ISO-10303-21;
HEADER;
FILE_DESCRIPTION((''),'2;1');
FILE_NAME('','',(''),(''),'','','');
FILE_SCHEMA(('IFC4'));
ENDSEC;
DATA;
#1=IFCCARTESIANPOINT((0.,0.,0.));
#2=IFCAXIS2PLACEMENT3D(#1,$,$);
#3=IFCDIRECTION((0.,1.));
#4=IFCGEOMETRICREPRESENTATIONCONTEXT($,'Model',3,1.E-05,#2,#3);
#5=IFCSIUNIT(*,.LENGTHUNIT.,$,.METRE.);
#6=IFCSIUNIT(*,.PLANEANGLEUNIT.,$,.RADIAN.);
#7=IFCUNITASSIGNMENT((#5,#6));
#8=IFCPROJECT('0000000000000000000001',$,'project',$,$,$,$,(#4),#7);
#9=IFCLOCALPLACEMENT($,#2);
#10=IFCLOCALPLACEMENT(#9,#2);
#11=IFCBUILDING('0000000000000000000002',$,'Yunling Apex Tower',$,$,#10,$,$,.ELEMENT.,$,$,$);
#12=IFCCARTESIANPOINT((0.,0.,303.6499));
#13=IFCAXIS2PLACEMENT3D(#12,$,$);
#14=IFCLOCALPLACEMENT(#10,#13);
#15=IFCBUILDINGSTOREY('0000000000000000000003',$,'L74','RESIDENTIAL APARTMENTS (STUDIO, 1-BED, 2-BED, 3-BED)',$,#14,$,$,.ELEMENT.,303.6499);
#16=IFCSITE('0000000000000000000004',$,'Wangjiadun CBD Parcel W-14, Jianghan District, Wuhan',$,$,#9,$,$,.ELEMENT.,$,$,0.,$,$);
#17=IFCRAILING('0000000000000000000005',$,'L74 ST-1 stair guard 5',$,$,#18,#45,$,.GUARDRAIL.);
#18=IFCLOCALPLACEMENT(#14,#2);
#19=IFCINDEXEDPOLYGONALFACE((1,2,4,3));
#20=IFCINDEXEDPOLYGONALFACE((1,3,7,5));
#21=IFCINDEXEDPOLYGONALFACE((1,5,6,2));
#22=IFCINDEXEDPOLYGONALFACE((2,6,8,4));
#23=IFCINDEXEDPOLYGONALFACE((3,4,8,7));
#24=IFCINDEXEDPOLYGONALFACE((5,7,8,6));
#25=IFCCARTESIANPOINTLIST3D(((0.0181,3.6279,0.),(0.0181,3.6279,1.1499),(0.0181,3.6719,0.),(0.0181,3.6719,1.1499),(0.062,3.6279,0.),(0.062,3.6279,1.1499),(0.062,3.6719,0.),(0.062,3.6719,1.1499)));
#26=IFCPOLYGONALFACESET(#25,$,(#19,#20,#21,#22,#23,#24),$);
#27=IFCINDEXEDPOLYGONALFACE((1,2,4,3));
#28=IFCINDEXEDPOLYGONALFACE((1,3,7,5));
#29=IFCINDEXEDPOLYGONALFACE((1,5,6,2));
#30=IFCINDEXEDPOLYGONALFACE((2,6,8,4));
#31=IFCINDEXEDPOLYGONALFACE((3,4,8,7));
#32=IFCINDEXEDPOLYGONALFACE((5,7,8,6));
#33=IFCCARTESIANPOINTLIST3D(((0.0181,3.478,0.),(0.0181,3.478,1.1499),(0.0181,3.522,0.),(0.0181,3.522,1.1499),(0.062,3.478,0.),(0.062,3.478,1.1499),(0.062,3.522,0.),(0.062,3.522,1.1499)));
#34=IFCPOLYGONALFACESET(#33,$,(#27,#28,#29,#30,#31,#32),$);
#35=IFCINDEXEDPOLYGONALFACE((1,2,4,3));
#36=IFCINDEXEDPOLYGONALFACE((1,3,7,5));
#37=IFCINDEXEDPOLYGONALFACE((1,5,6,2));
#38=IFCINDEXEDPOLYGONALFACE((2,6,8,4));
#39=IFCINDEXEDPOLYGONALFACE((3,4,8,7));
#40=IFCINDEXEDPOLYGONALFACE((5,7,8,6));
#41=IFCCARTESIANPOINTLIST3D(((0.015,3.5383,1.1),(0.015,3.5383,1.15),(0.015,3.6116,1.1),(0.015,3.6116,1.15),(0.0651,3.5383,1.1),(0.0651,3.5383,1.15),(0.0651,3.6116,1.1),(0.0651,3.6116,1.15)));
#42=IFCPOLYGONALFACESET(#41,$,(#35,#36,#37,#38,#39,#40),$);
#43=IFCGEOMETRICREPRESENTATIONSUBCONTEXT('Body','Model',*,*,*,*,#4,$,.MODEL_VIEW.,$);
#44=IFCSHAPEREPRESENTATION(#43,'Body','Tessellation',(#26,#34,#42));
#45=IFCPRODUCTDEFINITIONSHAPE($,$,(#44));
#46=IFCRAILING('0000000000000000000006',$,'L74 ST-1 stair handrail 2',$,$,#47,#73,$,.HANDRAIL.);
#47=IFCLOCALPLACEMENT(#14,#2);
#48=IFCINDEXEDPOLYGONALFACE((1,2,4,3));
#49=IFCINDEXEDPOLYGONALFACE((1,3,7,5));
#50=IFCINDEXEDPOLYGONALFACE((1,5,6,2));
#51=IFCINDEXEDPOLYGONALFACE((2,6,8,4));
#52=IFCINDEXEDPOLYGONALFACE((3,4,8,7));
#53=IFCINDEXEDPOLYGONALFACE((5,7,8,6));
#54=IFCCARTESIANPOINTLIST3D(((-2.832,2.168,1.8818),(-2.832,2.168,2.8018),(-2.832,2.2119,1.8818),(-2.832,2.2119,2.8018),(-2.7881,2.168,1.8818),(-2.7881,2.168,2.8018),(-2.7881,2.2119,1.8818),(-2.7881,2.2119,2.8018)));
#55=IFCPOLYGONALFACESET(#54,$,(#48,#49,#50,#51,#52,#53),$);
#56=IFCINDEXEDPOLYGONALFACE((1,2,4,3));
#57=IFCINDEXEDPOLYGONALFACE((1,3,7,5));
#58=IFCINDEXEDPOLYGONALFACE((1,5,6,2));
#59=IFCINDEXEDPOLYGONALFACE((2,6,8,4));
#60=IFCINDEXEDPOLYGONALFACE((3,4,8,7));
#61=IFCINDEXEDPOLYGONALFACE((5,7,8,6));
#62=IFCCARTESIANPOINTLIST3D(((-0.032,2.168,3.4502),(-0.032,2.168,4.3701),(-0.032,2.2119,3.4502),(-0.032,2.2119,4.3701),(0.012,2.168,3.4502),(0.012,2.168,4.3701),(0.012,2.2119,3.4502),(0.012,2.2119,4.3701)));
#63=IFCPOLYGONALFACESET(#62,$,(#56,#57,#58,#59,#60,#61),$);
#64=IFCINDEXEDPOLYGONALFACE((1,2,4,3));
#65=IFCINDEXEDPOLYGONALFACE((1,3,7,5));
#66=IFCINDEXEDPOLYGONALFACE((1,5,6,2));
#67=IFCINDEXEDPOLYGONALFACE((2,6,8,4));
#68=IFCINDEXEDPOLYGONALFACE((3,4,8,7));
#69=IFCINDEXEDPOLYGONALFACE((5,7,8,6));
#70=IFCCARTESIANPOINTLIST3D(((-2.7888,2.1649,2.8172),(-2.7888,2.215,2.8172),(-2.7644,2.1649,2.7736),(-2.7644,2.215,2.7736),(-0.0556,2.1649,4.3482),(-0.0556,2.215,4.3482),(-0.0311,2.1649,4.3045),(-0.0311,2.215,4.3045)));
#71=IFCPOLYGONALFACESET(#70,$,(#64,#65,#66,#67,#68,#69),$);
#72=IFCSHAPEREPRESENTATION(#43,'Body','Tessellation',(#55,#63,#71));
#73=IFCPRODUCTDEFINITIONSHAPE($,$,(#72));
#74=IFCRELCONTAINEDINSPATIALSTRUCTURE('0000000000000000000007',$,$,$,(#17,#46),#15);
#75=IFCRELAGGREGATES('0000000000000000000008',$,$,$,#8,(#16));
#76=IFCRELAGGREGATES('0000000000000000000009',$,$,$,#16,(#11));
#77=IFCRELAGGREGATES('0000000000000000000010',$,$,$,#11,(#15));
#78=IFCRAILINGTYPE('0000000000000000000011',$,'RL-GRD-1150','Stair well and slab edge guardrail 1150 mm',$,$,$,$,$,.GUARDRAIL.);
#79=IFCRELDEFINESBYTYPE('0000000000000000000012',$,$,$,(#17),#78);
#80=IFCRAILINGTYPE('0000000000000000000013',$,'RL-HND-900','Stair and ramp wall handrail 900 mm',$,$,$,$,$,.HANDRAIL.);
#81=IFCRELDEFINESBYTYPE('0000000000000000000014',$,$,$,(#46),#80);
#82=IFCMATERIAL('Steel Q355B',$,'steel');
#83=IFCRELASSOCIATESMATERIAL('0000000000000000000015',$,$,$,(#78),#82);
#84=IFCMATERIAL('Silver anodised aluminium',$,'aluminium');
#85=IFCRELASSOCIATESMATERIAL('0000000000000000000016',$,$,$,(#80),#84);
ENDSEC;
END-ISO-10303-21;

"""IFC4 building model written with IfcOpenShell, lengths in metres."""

from ifc_helpers import new_model, si_unit, direction, frame, origin, origin_2d, place, context, subcontext, project, spatial, rectangle, extrude, material, type_object, element, save


model = new_model("IFC4")

# Units and contexts
model_context = context("Model", 3, precision=1e-05, world=origin(), true_north=direction((0.0, 1.0)))
body_context = subcontext(model_context, "Body", "Model", "MODEL_VIEW")
ifc_project = project(units=[si_unit("LENGTHUNIT", "METRE"), si_unit("PLANEANGLEUNIT", "RADIAN")], contexts=[model_context])

# Site, building, storey
site_placement = place(None, origin())
site = spatial("IfcSite", under=ifc_project, at=site_placement, Name="Wangjiadun CBD Parcel W-14, Jianghan District, Wuhan", CompositionType="ELEMENT", RefElevation=0.0)
building_placement = place(site_placement, origin())
building = spatial("IfcBuilding", under=site, at=building_placement, Name="Yunling Apex Tower", CompositionType="ELEMENT")
storey_placement = place(building_placement, frame((0.0, 0.0, 303.6499)))
storey = spatial("IfcBuildingStorey", under=building, at=storey_placement, Name="L74", Description="RESIDENTIAL APARTMENTS (STUDIO, 1-BED, 2-BED, 3-BED)", CompositionType="ELEMENT", Elevation=303.6499)

# Shared definitions
ifc_material_1 = material(Name="Steel Q355B", Category="steel")

# Railings
railing_type_1 = type_object("IfcRailingType", Name="RL-GRD-1150", Description="Stair well and slab edge guardrail 1150 mm", PredefinedType="GUARDRAIL", material=ifc_material_1)
railing_1_placement = place(storey_placement, frame((0.04, 3.6499, 0.0)))
element("IfcRailing", 1, at=railing_1_placement, inside=storey, type_object=railing_type_1, Name="L74 ST-1 stair guard 5", PredefinedType="GUARDRAIL", context=body_context, shape_type="SweptSolid", body=[
    extrude(rectangle(XDim=0.0439, YDim=0.0439, at=origin_2d()), origin(), (0.0, 0.0, 1.0), 1.1499),
    extrude(rectangle(XDim=0.0439, YDim=0.0439, at=origin_2d()), frame((0.0, -0.1499, 0.0)), (0.0, 0.0, 1.0), 1.1499),
    extrude(rectangle(XDim=0.05, YDim=0.05, at=origin_2d()), frame((0.0, -0.0383, 1.125), z_axis=(0.0, -1.0, 0.0), x_axis=(1.0, 0.0, 0.0)), (0.0, 0.0, 1.0), 0.0732),
])
ifc_material_2 = material(Name="Silver anodised aluminium", Category="aluminium")
railing_type_2 = type_object("IfcRailingType", Name="RL-HND-900", Description="Stair and ramp wall handrail 900 mm", PredefinedType="HANDRAIL", material=ifc_material_2)
railing_2_placement = place(storey_placement, frame((-2.8101, 2.1899, 1.8818)))
element("IfcRailing", 2, at=railing_2_placement, inside=storey, type_object=railing_type_2, Name="L74 ST-1 stair handrail 2", PredefinedType="HANDRAIL", context=body_context, shape_type="SweptSolid", body=[
    extrude(rectangle(XDim=0.0439, YDim=0.0439, at=origin_2d()), origin(), (0.0, 0.0, 1.0), 0.9199),
    extrude(rectangle(XDim=0.0439, YDim=0.0439, at=origin_2d()), frame((2.8, 0.0, 1.5684)), (0.0, 0.0, 1.0), 0.9199),
    extrude(rectangle(XDim=0.05, YDim=0.05, at=origin_2d()), frame((0.0334, 0.0, 0.9136), z_axis=(0.872462, 0.0, 0.488682), x_axis=(0.0, 1.0, 0.0)), (0.0, 0.0, 1.0), 3.1328),
])

save(model, "model.ifc")
